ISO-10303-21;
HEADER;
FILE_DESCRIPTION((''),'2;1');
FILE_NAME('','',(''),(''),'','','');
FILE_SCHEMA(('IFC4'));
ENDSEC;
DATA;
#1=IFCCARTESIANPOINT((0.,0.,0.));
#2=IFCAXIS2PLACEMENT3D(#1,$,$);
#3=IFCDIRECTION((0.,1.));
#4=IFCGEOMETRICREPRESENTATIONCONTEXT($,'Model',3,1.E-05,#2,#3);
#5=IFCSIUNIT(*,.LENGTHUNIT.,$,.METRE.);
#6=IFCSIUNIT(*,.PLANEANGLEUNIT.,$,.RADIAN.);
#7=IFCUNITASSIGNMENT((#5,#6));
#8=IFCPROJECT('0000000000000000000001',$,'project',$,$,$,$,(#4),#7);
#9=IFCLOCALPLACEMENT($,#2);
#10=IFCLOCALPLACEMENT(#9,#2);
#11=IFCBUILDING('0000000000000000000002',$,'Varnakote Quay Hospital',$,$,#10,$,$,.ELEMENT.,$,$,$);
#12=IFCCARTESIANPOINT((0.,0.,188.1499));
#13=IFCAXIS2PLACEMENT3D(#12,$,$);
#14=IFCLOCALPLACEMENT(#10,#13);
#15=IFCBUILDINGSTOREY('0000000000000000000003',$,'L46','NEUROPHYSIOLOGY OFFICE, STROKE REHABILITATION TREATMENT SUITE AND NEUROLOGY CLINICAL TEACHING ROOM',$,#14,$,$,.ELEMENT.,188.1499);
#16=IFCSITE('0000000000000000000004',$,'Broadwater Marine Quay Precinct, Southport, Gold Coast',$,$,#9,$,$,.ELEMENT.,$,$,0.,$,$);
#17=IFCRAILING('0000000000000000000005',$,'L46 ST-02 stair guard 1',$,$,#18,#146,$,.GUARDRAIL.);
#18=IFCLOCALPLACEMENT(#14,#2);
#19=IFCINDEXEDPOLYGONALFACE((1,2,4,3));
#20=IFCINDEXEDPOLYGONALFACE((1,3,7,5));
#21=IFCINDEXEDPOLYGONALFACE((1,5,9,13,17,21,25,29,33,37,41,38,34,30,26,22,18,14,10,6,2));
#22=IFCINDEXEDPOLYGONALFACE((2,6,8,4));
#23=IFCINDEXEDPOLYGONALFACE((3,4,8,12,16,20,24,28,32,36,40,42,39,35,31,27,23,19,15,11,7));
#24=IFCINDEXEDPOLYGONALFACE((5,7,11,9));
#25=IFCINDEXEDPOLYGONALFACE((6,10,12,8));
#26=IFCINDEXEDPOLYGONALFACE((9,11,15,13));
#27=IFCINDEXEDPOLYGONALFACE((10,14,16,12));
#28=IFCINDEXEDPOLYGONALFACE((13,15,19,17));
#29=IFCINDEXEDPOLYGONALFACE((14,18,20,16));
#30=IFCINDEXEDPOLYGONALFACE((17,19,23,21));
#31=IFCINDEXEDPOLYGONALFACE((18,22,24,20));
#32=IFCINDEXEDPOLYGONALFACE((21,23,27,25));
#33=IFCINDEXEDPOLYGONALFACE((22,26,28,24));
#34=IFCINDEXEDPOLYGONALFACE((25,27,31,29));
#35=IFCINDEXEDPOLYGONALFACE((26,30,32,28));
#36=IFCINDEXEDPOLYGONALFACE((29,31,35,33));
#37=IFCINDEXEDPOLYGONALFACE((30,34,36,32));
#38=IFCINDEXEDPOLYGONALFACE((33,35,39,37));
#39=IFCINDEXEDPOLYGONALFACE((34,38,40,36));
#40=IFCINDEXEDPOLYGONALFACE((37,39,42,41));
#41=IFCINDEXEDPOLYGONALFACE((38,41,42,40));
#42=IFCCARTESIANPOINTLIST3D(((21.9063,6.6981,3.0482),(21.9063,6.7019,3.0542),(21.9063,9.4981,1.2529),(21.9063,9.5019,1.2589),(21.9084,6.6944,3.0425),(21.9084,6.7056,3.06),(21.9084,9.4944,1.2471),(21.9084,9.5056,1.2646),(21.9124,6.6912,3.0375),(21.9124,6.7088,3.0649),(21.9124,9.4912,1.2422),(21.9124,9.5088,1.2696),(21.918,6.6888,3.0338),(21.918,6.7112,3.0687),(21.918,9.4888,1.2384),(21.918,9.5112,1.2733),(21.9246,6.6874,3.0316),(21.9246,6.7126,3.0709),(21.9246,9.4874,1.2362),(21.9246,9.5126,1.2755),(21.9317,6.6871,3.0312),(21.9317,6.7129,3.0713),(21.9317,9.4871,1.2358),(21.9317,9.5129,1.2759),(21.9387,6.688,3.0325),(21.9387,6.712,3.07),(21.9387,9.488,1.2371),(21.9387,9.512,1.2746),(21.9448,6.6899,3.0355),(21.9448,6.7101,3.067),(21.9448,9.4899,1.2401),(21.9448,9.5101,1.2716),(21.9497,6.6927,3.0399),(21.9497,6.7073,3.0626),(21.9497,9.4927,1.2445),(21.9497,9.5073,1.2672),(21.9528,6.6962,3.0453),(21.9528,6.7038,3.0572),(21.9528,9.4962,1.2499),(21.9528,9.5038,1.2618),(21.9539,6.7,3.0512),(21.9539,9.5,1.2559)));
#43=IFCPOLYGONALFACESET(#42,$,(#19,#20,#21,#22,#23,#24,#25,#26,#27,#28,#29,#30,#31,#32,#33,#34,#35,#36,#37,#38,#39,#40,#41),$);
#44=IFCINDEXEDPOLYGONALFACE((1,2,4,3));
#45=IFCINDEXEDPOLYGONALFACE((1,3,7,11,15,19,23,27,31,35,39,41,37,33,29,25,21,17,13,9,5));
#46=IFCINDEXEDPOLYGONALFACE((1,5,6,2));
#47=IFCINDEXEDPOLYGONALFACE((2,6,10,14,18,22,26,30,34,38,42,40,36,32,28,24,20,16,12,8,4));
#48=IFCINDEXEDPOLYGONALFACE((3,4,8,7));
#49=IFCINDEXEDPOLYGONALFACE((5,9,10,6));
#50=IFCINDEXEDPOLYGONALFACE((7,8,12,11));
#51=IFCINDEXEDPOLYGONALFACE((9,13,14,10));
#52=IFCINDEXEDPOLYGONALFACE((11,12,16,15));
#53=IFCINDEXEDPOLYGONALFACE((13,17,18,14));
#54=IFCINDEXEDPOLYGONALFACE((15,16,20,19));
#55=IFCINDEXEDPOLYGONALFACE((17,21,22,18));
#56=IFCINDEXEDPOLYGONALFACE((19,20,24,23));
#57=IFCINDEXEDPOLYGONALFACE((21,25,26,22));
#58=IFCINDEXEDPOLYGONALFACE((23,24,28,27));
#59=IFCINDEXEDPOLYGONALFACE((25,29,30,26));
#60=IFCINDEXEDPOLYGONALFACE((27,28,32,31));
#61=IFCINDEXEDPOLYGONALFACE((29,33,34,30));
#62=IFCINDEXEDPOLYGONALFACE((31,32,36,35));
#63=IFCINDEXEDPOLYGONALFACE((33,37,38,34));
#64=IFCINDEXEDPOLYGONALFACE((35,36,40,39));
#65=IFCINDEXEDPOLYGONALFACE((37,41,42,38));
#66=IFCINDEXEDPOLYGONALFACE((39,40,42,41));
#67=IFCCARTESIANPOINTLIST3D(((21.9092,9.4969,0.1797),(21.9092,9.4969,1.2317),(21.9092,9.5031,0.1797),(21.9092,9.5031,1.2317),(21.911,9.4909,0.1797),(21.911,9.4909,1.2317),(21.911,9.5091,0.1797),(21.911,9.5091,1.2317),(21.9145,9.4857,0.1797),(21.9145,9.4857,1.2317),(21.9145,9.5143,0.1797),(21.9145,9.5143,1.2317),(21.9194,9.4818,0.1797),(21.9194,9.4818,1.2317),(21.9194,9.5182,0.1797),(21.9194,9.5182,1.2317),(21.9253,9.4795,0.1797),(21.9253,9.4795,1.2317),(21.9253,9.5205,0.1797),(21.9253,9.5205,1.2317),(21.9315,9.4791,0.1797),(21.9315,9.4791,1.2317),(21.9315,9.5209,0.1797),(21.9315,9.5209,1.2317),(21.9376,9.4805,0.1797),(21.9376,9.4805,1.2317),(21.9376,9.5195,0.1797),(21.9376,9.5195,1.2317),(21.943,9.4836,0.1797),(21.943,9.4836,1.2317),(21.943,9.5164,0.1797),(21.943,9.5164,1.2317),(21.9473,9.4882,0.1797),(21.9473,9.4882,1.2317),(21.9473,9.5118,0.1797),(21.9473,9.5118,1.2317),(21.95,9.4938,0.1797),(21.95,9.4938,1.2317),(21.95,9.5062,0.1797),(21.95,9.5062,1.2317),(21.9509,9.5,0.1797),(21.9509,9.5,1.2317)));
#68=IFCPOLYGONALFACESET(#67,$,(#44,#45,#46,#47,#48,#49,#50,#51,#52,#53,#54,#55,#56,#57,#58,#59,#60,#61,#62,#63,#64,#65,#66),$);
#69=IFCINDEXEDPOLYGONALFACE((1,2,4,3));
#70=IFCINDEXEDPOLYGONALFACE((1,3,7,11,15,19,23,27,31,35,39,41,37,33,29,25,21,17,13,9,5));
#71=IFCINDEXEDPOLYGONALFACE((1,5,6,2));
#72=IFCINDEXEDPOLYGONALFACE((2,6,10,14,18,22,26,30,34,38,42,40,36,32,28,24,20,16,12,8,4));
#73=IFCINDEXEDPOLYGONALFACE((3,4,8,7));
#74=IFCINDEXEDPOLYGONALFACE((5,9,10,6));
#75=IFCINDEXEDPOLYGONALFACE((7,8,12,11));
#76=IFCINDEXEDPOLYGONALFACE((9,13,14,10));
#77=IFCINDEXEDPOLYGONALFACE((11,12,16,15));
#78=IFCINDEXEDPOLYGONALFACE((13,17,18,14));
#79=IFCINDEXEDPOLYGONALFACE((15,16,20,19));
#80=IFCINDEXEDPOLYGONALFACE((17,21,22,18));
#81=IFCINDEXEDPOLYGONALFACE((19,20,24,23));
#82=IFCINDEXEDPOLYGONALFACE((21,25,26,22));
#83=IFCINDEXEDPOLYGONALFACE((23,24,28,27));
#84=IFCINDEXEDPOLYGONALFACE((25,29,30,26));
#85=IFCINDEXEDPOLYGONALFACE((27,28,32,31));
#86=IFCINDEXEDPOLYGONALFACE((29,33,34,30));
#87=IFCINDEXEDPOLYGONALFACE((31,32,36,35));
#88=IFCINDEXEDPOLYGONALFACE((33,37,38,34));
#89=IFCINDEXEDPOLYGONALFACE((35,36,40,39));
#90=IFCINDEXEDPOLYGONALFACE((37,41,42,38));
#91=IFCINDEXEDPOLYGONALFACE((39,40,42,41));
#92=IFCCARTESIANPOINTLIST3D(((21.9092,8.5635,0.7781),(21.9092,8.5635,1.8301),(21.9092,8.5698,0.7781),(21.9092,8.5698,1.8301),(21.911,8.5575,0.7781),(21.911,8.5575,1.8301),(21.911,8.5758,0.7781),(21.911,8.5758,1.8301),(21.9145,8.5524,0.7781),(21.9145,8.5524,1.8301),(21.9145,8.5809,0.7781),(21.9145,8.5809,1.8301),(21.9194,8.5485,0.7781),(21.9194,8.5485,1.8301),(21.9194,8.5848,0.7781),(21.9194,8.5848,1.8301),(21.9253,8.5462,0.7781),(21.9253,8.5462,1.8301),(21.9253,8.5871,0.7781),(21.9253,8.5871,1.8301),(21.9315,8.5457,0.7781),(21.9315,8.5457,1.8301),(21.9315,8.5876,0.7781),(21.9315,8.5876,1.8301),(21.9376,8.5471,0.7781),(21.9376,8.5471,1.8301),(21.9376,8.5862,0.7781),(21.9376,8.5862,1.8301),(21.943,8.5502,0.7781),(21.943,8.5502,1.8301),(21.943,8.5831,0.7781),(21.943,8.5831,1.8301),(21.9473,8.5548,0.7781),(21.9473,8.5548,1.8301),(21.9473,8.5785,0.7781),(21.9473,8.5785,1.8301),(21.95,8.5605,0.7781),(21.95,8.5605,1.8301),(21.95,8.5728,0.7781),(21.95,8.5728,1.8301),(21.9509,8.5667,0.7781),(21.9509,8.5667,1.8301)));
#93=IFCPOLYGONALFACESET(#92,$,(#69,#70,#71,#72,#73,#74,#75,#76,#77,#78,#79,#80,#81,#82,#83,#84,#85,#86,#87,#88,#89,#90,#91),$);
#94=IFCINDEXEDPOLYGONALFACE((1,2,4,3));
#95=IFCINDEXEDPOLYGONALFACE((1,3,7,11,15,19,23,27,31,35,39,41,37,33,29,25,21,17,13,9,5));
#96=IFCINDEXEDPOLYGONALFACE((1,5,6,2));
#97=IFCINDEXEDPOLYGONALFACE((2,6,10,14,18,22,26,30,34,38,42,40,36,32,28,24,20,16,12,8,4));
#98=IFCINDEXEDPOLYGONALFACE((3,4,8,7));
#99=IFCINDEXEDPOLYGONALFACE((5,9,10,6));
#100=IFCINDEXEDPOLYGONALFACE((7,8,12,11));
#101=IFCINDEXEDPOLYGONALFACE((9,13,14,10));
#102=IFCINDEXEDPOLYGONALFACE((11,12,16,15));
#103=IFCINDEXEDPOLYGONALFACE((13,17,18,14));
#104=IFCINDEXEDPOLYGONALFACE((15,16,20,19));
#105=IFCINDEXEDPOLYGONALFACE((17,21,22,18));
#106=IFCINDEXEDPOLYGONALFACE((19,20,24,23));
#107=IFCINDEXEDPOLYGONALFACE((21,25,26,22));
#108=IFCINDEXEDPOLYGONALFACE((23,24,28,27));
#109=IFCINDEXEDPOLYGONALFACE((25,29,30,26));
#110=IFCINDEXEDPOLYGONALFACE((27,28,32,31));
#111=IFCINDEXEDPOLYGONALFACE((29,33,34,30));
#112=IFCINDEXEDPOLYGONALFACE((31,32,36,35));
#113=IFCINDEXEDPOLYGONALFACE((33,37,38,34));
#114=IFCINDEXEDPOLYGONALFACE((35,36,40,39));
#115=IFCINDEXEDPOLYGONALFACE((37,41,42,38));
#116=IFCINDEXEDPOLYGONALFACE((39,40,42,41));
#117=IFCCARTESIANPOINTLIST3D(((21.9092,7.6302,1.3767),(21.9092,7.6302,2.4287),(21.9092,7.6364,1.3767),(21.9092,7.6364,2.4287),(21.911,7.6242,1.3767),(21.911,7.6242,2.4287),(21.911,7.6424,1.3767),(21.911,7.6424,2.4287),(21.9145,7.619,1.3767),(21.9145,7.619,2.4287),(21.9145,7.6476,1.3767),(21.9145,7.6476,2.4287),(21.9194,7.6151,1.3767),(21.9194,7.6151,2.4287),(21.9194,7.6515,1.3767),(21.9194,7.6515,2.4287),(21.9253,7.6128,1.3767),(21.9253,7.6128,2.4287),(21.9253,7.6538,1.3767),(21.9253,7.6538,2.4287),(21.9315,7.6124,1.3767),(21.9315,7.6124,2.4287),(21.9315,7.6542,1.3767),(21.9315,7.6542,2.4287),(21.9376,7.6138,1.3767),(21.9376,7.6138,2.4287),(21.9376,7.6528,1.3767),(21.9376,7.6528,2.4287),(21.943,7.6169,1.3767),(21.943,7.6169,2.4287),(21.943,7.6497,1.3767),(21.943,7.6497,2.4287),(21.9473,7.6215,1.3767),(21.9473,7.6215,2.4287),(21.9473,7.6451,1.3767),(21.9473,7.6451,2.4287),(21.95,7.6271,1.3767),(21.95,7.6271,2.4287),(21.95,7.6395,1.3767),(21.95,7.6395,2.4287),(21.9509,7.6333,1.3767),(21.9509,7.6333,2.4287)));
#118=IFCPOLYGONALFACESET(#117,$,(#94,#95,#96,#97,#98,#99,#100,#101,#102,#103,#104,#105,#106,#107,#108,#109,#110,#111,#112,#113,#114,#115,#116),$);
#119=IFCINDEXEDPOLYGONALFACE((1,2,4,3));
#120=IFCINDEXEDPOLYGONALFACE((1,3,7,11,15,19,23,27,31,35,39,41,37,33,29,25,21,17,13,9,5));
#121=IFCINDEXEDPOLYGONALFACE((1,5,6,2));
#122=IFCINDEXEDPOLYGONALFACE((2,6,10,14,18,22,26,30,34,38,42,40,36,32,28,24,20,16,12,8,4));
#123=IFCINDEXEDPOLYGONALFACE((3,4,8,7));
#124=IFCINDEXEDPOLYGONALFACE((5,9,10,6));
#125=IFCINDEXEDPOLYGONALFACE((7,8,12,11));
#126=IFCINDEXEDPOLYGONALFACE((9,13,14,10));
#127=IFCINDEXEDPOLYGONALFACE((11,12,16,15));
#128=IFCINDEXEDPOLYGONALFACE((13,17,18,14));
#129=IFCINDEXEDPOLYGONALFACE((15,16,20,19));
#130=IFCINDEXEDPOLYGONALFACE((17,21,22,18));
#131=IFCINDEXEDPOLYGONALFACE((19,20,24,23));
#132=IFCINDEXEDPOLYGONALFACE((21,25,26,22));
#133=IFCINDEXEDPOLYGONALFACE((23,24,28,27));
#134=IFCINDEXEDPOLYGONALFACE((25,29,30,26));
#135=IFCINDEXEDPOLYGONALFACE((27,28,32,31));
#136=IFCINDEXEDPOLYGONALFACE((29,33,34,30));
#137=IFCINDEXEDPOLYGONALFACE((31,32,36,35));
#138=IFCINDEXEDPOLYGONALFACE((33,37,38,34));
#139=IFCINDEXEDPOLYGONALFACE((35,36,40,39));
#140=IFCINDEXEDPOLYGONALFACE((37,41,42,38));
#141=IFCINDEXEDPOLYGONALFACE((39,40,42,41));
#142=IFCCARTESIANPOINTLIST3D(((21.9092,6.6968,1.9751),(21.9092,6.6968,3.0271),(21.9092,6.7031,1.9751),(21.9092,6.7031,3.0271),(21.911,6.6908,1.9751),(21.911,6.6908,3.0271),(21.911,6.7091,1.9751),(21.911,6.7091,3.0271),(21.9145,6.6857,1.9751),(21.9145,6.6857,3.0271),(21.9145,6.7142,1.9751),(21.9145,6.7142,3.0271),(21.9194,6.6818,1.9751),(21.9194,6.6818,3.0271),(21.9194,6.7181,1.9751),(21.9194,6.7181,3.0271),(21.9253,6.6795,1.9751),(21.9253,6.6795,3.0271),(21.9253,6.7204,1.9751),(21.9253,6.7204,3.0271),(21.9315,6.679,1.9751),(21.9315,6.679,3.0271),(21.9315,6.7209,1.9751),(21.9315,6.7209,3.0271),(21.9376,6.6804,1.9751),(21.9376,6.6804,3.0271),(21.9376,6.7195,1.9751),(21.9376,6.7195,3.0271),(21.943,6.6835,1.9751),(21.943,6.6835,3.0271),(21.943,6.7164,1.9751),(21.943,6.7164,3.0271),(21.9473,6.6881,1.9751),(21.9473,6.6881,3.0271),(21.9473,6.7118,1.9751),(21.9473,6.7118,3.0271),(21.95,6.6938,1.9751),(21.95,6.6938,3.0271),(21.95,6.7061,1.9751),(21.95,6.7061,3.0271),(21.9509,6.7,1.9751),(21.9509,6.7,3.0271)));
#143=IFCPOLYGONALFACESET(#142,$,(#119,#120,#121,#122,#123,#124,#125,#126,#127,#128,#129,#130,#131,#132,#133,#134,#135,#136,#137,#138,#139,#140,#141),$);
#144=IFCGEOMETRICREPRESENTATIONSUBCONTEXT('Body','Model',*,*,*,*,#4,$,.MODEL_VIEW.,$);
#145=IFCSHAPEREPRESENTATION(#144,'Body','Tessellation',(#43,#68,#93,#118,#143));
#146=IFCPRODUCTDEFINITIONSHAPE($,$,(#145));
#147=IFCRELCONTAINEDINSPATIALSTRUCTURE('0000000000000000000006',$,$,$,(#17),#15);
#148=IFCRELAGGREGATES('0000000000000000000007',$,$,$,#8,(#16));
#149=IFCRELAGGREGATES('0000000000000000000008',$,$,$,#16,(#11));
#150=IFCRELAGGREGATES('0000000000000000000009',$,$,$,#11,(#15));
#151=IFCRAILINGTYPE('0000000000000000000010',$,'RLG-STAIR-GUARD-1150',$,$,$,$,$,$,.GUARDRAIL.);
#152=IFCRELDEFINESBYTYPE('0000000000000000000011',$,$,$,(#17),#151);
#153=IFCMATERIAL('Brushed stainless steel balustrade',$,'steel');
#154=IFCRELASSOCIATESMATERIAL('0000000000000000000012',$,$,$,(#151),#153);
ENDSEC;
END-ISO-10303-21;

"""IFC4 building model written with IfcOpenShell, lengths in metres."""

from ifc_helpers import new_model, si_unit, direction, frame, origin, origin_2d, place, context, subcontext, project, spatial, circle, extrude, material, type_object, element, save


model = new_model("IFC4")

# Units and contexts
model_context = context("Model", 3, precision=1e-05, world=origin(), true_north=direction((0.0, 1.0)))
body_context = subcontext(model_context, "Body", "Model", "MODEL_VIEW")
ifc_project = project(units=[si_unit("LENGTHUNIT", "METRE"), si_unit("PLANEANGLEUNIT", "RADIAN")], contexts=[model_context])

# Site, building, storey
site_placement = place(None, origin())
site = spatial("IfcSite", under=ifc_project, at=site_placement, Name="Broadwater Marine Quay Precinct, Southport, Gold Coast", CompositionType="ELEMENT", RefElevation=0.0)
building_placement = place(site_placement, origin())
building = spatial("IfcBuilding", under=site, at=building_placement, Name="Varnakote Quay Hospital", CompositionType="ELEMENT")
storey_placement = place(building_placement, frame((0.0, 0.0, 188.1499)))
storey = spatial("IfcBuildingStorey", under=building, at=storey_placement, Name="L46", Description="NEUROPHYSIOLOGY OFFICE, STROKE REHABILITATION TREATMENT SUITE AND NEUROLOGY CLINICAL TEACHING ROOM", CompositionType="ELEMENT", Elevation=188.1499)

# Railing
ifc_material_1 = material(Name="Brushed stainless steel balustrade", Category="steel")
railing_type_1 = type_object("IfcRailingType", Name="RLG-STAIR-GUARD-1150", PredefinedType="GUARDRAIL", material=ifc_material_1)
railing_1_placement = place(storey_placement, frame((21.9299, 9.5, 0.1797)))
element("IfcRailing", 1, at=railing_1_placement, inside=storey, type_object=railing_type_1, Name="L46 ST-02 stair guard 1", PredefinedType="GUARDRAIL", context=body_context, shape_type="SweptSolid", body=[
    extrude(circle(Radius=0.0239, at=origin_2d()), frame((0.0, 0.0, 1.0762), z_axis=(0.0, -0.84181, 0.539774), x_axis=(1.0, 0.0, 0.0)), (0.0, 0.0, 1.0), 3.3262),
    extrude(circle(Radius=0.021, at=origin_2d()), origin(), (0.0, 0.0, 1.0), 1.052),
    extrude(circle(Radius=0.021, at=origin_2d()), frame((0.0, -0.9333, 0.5984)), (0.0, 0.0, 1.0), 1.052),
    extrude(circle(Radius=0.021, at=origin_2d()), frame((0.0, -1.8667, 1.197)), (0.0, 0.0, 1.0), 1.052),
    extrude(circle(Radius=0.021, at=origin_2d()), frame((0.0, -2.8, 1.7954)), (0.0, 0.0, 1.0), 1.052),
])

save(model, "model.ifc")
